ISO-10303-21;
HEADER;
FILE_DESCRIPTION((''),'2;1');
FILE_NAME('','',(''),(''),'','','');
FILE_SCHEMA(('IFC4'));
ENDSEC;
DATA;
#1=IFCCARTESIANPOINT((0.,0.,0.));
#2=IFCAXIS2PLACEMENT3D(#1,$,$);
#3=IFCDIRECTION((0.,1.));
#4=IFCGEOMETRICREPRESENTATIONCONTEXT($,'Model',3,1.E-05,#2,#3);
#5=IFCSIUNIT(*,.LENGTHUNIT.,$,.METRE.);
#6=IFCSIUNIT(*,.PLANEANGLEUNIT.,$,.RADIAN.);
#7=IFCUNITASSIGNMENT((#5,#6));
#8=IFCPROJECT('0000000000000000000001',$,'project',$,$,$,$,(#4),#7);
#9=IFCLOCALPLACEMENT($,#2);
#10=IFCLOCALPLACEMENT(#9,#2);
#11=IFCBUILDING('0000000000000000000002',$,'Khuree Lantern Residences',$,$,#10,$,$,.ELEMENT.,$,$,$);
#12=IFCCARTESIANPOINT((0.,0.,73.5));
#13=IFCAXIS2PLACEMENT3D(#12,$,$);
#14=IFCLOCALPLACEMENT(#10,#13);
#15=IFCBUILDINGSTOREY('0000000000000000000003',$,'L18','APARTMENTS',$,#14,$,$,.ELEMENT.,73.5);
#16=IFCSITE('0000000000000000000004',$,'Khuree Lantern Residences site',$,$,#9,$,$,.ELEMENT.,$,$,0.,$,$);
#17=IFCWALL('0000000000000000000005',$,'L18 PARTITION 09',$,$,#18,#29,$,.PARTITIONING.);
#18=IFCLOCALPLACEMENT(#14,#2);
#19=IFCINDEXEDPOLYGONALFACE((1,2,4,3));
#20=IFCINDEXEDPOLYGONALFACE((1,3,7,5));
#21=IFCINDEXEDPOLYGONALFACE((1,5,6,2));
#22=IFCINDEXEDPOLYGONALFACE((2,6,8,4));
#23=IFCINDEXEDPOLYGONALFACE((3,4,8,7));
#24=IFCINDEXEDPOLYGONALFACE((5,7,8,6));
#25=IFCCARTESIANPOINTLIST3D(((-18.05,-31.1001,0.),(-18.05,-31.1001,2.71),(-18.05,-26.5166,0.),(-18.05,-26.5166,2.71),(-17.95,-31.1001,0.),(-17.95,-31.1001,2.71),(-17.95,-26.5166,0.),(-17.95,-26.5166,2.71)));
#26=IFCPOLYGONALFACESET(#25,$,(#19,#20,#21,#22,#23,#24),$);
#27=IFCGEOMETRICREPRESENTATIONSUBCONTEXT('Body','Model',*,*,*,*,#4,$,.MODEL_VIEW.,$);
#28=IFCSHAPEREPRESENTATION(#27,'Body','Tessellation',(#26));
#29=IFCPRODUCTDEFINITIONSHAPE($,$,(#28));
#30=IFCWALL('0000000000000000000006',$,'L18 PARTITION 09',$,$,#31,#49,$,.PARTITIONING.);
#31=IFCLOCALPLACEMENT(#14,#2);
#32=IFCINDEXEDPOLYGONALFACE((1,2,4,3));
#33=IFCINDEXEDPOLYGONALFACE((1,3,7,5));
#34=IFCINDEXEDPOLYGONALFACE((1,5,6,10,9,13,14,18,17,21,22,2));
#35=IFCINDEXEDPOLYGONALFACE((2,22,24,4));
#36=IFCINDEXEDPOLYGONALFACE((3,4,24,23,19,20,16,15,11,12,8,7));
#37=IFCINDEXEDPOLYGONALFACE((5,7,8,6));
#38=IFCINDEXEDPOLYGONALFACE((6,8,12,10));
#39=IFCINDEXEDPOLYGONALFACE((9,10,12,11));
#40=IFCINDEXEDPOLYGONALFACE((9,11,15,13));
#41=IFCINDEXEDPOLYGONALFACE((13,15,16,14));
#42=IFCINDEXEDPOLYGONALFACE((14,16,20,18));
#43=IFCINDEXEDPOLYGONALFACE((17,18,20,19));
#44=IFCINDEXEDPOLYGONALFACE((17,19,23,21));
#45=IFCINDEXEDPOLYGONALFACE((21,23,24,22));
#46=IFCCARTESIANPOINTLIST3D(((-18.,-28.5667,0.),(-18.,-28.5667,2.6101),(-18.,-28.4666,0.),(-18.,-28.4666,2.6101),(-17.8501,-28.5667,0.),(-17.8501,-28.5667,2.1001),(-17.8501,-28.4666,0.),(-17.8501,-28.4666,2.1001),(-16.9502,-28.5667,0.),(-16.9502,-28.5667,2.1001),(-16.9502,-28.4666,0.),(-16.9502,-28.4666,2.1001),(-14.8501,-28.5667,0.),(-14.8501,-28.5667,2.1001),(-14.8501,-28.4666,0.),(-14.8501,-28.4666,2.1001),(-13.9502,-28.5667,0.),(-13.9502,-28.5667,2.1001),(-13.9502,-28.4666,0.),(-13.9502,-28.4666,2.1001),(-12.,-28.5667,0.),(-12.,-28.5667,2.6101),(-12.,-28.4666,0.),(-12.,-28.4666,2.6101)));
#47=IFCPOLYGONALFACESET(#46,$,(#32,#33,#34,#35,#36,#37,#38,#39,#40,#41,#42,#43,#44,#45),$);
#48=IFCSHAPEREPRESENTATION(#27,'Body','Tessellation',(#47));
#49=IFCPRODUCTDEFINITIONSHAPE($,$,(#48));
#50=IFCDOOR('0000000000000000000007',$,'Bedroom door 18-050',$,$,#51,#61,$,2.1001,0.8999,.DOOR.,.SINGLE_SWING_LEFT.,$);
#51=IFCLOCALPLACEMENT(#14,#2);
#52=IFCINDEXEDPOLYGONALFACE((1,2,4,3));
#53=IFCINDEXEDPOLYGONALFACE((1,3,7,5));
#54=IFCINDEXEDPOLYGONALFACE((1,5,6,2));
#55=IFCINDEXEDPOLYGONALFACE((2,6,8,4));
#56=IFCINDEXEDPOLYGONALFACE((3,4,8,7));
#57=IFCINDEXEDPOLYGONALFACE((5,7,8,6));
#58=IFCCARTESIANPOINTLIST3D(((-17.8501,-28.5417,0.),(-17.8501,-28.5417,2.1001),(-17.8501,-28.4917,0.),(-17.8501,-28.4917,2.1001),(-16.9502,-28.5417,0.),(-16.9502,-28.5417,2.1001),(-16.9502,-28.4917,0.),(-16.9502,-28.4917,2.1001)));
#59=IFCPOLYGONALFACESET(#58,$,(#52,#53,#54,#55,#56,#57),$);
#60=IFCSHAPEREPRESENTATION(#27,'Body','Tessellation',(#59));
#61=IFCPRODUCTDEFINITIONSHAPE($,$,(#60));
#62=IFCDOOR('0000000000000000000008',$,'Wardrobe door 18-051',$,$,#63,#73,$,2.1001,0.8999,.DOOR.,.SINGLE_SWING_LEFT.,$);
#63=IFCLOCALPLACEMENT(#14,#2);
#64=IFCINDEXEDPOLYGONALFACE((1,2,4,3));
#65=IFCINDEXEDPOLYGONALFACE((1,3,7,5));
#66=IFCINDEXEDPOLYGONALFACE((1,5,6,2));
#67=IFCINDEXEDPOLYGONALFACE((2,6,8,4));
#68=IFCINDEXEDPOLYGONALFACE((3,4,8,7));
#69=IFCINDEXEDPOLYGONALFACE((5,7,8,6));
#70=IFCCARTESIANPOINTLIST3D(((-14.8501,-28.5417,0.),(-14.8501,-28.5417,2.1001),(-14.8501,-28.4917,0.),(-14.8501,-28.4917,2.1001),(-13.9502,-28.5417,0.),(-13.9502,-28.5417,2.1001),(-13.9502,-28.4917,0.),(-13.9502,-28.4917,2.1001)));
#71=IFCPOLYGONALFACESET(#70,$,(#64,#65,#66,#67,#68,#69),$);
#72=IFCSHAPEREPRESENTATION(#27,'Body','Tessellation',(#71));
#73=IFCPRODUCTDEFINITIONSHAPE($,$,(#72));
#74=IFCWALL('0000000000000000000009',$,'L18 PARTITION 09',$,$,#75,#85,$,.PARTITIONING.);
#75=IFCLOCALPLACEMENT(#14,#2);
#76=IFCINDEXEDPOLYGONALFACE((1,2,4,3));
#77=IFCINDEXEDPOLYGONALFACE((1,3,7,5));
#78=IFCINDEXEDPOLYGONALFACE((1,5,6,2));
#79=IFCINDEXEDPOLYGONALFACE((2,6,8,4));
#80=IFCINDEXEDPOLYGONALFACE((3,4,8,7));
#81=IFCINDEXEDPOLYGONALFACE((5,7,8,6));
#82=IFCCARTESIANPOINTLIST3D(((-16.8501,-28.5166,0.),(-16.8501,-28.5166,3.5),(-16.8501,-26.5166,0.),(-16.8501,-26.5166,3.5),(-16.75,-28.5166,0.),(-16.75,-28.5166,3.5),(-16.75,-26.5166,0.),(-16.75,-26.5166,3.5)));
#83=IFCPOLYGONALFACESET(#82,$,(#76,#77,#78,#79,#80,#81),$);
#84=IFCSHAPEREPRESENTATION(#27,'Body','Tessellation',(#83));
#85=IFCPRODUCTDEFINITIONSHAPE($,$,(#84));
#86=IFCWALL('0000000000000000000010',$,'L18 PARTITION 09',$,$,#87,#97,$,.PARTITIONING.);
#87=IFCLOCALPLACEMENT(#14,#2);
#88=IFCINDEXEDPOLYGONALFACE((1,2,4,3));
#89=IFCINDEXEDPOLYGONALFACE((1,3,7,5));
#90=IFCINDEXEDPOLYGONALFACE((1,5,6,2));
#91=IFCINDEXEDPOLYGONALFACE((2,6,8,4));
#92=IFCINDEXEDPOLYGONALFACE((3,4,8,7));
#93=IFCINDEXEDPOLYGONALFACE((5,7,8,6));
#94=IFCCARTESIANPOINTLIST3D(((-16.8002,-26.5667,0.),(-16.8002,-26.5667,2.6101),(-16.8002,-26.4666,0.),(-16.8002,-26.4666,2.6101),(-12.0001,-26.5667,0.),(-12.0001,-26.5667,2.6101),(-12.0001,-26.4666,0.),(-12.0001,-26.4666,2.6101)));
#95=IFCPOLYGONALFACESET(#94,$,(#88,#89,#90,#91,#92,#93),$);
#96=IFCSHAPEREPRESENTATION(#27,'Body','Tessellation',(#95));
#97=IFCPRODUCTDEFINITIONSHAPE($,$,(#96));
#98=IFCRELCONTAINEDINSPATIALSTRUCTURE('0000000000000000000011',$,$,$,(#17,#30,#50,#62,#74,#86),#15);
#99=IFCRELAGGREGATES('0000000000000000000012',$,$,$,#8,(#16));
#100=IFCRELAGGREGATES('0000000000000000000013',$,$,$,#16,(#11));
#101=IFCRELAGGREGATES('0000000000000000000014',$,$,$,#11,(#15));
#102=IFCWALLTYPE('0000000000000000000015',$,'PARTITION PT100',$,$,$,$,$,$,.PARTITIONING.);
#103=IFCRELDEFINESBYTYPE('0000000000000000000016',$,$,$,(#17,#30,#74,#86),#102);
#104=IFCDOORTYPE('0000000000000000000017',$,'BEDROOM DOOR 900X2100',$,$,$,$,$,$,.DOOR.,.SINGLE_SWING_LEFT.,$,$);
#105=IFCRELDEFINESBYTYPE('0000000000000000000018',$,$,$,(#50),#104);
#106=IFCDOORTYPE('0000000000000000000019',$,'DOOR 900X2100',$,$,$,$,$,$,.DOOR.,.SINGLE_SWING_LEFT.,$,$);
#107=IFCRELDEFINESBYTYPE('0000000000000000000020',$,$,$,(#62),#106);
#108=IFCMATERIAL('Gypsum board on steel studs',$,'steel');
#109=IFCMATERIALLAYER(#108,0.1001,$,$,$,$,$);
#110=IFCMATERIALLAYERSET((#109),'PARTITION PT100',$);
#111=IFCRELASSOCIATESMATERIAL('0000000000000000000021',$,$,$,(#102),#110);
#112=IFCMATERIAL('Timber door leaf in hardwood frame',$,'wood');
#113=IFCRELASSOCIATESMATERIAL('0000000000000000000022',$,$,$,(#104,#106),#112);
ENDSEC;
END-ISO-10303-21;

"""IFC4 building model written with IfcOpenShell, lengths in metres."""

from ifc_helpers import new_model, si_unit, direction, frame, frame_2d, origin, place, context, subcontext, project, spatial, rectangle, extrude, material, layer, layer_set, type_object, element, fill, save


model = new_model("IFC4")

# Units and contexts
model_context = context("Model", 3, precision=1e-05, world=origin(), true_north=direction((0.0, 1.0)))
body_context = subcontext(model_context, "Body", "Model", "MODEL_VIEW")
ifc_project = project(units=[si_unit("LENGTHUNIT", "METRE"), si_unit("PLANEANGLEUNIT", "RADIAN")], contexts=[model_context])

# Site, building, storey
site_placement = place(None, origin())
site = spatial("IfcSite", under=ifc_project, at=site_placement, Name="Khuree Lantern Residences site", CompositionType="ELEMENT", RefElevation=0.0)
building_placement = place(site_placement, origin())
building = spatial("IfcBuilding", under=site, at=building_placement, Name="Khuree Lantern Residences", CompositionType="ELEMENT")
storey_placement = place(building_placement, frame((0.0, 0.0, 73.5)))
storey = spatial("IfcBuildingStorey", under=building, at=storey_placement, Name="L18", Description="APARTMENTS", CompositionType="ELEMENT", Elevation=73.5)

# Shared definitions
ifc_material_1 = material(Name="Timber door leaf in hardwood frame", Category="wood")

# Wall
ifc_material_2 = material(Name="Gypsum board on steel studs", Category="steel")
ifc_layer_1 = layer(ifc_material_2, 0.1001)
ifc_layer_set_1 = layer_set([ifc_layer_1], Name="PARTITION PT100")
wall_type_1 = type_object("IfcWallType", Name="PARTITION PT100", PredefinedType="PARTITIONING", material=ifc_layer_set_1)
wall_1_placement = place(storey_placement, frame((-18.0, -26.5166, 0.0), z_axis=(0.0, 0.0, 1.0), x_axis=(0.0, -1.0, 0.0)))
element("IfcWall", 1, at=wall_1_placement, inside=storey, type_object=wall_type_1, Name="L18 PARTITION 09", PredefinedType="PARTITIONING", context=body_context, shape_type="SweptSolid", body=[
    extrude(rectangle(XDim=4.5835, YDim=0.1001, at=frame_2d((2.2917, 0.0))), origin(), (0.0, 0.0, 1.0), 2.71),
])

# Wall, openings, doors
wall_2_placement = place(storey_placement, frame((-18.0, -28.5166, 0.0), z_axis=(0.0, 0.0, 1.0), x_axis=(1.0, 0.0, 0.0)))
wall_2 = element("IfcWall", 2, at=wall_2_placement, inside=storey, type_object=wall_type_1, Name="L18 PARTITION 09", PredefinedType="PARTITIONING", context=body_context, shape_type="SweptSolid", body=[
    extrude(rectangle(XDim=6.0, YDim=0.1001, at=frame_2d((3.0, 0.0))), origin(), (0.0, 0.0, 1.0), 2.6101),
])
opening_1_placement = place(wall_2_placement, frame((0.1499, 0.0, 0.0)))
opening_1 = element("IfcOpeningElement", 3, at=opening_1_placement, cuts=wall_2, PredefinedType="OPENING", context=body_context, shape_type="SweptSolid", body=[
    extrude(rectangle(XDim=0.8999, YDim=2.1001, at=frame_2d((0.45, 1.05))), frame((0.0, 0.0601, 0.0), z_axis=(0.0, -1.0, 0.0), x_axis=(1.0, 0.0, 0.0)), (0.0, 0.0, 1.0), 0.1201),
])
opening_2_placement = place(wall_2_placement, frame((3.1499, 0.0, 0.0)))
opening_2 = element("IfcOpeningElement", 4, at=opening_2_placement, cuts=wall_2, PredefinedType="OPENING", context=body_context, shape_type="SweptSolid", body=[
    extrude(rectangle(XDim=0.8999, YDim=2.1001, at=frame_2d((0.45, 1.05))), frame((0.0, 0.0601, 0.0), z_axis=(0.0, -1.0, 0.0), x_axis=(1.0, 0.0, 0.0)), (0.0, 0.0, 1.0), 0.1201),
])
door_type_1 = type_object("IfcDoorType", Name="BEDROOM DOOR 900X2100", OperationType="SINGLE_SWING_LEFT", PredefinedType="DOOR", material=ifc_material_1)
door_1_placement = place(opening_1_placement, origin())
door_1 = element("IfcDoor", 5, at=door_1_placement, inside=storey, type_object=door_type_1, Name="Bedroom door 18-050", OperationType="SINGLE_SWING_LEFT", OverallHeight=2.1001, OverallWidth=0.8999, PredefinedType="DOOR", context=body_context, shape_type="SweptSolid", body=[
    extrude(rectangle(XDim=0.8999, YDim=2.1001, at=frame_2d((0.45, 1.05))), frame((0.0, 0.0249, 0.0), z_axis=(0.0, -1.0, 0.0), x_axis=(1.0, 0.0, 0.0)), (0.0, 0.0, 1.0), 0.05),
])
fill(opening_1, door_1)
door_type_2 = type_object("IfcDoorType", Name="DOOR 900X2100", OperationType="SINGLE_SWING_LEFT", PredefinedType="DOOR", material=ifc_material_1)
door_2_placement = place(opening_2_placement, origin())
door_2 = element("IfcDoor", 6, at=door_2_placement, inside=storey, type_object=door_type_2, Name="Wardrobe door 18-051", OperationType="SINGLE_SWING_LEFT", OverallHeight=2.1001, OverallWidth=0.8999, PredefinedType="DOOR", context=body_context, shape_type="SweptSolid", body=[
    extrude(rectangle(XDim=0.8999, YDim=2.1001, at=frame_2d((0.45, 1.05))), frame((0.0, 0.0249, 0.0), z_axis=(0.0, -1.0, 0.0), x_axis=(1.0, 0.0, 0.0)), (0.0, 0.0, 1.0), 0.05),
])
fill(opening_2, door_2)

# Walls
wall_3_placement = place(storey_placement, frame((-16.8, -26.5166, 0.0), z_axis=(0.0, 0.0, 1.0), x_axis=(0.0, -1.0, 0.0)))
element("IfcWall", 7, at=wall_3_placement, inside=storey, type_object=wall_type_1, Name="L18 PARTITION 09", PredefinedType="PARTITIONING", context=body_context, shape_type="SweptSolid", body=[
    extrude(rectangle(XDim=2.0, YDim=0.1001, at=frame_2d((1.0, 0.0))), origin(), (0.0, 0.0, 1.0), 3.5),
])
wall_4_placement = place(storey_placement, frame((-16.8, -26.5166, 0.0), z_axis=(0.0, 0.0, 1.0), x_axis=(1.0, 0.0, 0.0)))
element("IfcWall", 8, at=wall_4_placement, inside=storey, type_object=wall_type_1, Name="L18 PARTITION 09", PredefinedType="PARTITIONING", context=body_context, shape_type="SweptSolid", body=[
    extrude(rectangle(XDim=4.8, YDim=0.1001, at=frame_2d((2.3999, 0.0))), origin(), (0.0, 0.0, 1.0), 2.6101),
])

save(model, "model.ifc")
